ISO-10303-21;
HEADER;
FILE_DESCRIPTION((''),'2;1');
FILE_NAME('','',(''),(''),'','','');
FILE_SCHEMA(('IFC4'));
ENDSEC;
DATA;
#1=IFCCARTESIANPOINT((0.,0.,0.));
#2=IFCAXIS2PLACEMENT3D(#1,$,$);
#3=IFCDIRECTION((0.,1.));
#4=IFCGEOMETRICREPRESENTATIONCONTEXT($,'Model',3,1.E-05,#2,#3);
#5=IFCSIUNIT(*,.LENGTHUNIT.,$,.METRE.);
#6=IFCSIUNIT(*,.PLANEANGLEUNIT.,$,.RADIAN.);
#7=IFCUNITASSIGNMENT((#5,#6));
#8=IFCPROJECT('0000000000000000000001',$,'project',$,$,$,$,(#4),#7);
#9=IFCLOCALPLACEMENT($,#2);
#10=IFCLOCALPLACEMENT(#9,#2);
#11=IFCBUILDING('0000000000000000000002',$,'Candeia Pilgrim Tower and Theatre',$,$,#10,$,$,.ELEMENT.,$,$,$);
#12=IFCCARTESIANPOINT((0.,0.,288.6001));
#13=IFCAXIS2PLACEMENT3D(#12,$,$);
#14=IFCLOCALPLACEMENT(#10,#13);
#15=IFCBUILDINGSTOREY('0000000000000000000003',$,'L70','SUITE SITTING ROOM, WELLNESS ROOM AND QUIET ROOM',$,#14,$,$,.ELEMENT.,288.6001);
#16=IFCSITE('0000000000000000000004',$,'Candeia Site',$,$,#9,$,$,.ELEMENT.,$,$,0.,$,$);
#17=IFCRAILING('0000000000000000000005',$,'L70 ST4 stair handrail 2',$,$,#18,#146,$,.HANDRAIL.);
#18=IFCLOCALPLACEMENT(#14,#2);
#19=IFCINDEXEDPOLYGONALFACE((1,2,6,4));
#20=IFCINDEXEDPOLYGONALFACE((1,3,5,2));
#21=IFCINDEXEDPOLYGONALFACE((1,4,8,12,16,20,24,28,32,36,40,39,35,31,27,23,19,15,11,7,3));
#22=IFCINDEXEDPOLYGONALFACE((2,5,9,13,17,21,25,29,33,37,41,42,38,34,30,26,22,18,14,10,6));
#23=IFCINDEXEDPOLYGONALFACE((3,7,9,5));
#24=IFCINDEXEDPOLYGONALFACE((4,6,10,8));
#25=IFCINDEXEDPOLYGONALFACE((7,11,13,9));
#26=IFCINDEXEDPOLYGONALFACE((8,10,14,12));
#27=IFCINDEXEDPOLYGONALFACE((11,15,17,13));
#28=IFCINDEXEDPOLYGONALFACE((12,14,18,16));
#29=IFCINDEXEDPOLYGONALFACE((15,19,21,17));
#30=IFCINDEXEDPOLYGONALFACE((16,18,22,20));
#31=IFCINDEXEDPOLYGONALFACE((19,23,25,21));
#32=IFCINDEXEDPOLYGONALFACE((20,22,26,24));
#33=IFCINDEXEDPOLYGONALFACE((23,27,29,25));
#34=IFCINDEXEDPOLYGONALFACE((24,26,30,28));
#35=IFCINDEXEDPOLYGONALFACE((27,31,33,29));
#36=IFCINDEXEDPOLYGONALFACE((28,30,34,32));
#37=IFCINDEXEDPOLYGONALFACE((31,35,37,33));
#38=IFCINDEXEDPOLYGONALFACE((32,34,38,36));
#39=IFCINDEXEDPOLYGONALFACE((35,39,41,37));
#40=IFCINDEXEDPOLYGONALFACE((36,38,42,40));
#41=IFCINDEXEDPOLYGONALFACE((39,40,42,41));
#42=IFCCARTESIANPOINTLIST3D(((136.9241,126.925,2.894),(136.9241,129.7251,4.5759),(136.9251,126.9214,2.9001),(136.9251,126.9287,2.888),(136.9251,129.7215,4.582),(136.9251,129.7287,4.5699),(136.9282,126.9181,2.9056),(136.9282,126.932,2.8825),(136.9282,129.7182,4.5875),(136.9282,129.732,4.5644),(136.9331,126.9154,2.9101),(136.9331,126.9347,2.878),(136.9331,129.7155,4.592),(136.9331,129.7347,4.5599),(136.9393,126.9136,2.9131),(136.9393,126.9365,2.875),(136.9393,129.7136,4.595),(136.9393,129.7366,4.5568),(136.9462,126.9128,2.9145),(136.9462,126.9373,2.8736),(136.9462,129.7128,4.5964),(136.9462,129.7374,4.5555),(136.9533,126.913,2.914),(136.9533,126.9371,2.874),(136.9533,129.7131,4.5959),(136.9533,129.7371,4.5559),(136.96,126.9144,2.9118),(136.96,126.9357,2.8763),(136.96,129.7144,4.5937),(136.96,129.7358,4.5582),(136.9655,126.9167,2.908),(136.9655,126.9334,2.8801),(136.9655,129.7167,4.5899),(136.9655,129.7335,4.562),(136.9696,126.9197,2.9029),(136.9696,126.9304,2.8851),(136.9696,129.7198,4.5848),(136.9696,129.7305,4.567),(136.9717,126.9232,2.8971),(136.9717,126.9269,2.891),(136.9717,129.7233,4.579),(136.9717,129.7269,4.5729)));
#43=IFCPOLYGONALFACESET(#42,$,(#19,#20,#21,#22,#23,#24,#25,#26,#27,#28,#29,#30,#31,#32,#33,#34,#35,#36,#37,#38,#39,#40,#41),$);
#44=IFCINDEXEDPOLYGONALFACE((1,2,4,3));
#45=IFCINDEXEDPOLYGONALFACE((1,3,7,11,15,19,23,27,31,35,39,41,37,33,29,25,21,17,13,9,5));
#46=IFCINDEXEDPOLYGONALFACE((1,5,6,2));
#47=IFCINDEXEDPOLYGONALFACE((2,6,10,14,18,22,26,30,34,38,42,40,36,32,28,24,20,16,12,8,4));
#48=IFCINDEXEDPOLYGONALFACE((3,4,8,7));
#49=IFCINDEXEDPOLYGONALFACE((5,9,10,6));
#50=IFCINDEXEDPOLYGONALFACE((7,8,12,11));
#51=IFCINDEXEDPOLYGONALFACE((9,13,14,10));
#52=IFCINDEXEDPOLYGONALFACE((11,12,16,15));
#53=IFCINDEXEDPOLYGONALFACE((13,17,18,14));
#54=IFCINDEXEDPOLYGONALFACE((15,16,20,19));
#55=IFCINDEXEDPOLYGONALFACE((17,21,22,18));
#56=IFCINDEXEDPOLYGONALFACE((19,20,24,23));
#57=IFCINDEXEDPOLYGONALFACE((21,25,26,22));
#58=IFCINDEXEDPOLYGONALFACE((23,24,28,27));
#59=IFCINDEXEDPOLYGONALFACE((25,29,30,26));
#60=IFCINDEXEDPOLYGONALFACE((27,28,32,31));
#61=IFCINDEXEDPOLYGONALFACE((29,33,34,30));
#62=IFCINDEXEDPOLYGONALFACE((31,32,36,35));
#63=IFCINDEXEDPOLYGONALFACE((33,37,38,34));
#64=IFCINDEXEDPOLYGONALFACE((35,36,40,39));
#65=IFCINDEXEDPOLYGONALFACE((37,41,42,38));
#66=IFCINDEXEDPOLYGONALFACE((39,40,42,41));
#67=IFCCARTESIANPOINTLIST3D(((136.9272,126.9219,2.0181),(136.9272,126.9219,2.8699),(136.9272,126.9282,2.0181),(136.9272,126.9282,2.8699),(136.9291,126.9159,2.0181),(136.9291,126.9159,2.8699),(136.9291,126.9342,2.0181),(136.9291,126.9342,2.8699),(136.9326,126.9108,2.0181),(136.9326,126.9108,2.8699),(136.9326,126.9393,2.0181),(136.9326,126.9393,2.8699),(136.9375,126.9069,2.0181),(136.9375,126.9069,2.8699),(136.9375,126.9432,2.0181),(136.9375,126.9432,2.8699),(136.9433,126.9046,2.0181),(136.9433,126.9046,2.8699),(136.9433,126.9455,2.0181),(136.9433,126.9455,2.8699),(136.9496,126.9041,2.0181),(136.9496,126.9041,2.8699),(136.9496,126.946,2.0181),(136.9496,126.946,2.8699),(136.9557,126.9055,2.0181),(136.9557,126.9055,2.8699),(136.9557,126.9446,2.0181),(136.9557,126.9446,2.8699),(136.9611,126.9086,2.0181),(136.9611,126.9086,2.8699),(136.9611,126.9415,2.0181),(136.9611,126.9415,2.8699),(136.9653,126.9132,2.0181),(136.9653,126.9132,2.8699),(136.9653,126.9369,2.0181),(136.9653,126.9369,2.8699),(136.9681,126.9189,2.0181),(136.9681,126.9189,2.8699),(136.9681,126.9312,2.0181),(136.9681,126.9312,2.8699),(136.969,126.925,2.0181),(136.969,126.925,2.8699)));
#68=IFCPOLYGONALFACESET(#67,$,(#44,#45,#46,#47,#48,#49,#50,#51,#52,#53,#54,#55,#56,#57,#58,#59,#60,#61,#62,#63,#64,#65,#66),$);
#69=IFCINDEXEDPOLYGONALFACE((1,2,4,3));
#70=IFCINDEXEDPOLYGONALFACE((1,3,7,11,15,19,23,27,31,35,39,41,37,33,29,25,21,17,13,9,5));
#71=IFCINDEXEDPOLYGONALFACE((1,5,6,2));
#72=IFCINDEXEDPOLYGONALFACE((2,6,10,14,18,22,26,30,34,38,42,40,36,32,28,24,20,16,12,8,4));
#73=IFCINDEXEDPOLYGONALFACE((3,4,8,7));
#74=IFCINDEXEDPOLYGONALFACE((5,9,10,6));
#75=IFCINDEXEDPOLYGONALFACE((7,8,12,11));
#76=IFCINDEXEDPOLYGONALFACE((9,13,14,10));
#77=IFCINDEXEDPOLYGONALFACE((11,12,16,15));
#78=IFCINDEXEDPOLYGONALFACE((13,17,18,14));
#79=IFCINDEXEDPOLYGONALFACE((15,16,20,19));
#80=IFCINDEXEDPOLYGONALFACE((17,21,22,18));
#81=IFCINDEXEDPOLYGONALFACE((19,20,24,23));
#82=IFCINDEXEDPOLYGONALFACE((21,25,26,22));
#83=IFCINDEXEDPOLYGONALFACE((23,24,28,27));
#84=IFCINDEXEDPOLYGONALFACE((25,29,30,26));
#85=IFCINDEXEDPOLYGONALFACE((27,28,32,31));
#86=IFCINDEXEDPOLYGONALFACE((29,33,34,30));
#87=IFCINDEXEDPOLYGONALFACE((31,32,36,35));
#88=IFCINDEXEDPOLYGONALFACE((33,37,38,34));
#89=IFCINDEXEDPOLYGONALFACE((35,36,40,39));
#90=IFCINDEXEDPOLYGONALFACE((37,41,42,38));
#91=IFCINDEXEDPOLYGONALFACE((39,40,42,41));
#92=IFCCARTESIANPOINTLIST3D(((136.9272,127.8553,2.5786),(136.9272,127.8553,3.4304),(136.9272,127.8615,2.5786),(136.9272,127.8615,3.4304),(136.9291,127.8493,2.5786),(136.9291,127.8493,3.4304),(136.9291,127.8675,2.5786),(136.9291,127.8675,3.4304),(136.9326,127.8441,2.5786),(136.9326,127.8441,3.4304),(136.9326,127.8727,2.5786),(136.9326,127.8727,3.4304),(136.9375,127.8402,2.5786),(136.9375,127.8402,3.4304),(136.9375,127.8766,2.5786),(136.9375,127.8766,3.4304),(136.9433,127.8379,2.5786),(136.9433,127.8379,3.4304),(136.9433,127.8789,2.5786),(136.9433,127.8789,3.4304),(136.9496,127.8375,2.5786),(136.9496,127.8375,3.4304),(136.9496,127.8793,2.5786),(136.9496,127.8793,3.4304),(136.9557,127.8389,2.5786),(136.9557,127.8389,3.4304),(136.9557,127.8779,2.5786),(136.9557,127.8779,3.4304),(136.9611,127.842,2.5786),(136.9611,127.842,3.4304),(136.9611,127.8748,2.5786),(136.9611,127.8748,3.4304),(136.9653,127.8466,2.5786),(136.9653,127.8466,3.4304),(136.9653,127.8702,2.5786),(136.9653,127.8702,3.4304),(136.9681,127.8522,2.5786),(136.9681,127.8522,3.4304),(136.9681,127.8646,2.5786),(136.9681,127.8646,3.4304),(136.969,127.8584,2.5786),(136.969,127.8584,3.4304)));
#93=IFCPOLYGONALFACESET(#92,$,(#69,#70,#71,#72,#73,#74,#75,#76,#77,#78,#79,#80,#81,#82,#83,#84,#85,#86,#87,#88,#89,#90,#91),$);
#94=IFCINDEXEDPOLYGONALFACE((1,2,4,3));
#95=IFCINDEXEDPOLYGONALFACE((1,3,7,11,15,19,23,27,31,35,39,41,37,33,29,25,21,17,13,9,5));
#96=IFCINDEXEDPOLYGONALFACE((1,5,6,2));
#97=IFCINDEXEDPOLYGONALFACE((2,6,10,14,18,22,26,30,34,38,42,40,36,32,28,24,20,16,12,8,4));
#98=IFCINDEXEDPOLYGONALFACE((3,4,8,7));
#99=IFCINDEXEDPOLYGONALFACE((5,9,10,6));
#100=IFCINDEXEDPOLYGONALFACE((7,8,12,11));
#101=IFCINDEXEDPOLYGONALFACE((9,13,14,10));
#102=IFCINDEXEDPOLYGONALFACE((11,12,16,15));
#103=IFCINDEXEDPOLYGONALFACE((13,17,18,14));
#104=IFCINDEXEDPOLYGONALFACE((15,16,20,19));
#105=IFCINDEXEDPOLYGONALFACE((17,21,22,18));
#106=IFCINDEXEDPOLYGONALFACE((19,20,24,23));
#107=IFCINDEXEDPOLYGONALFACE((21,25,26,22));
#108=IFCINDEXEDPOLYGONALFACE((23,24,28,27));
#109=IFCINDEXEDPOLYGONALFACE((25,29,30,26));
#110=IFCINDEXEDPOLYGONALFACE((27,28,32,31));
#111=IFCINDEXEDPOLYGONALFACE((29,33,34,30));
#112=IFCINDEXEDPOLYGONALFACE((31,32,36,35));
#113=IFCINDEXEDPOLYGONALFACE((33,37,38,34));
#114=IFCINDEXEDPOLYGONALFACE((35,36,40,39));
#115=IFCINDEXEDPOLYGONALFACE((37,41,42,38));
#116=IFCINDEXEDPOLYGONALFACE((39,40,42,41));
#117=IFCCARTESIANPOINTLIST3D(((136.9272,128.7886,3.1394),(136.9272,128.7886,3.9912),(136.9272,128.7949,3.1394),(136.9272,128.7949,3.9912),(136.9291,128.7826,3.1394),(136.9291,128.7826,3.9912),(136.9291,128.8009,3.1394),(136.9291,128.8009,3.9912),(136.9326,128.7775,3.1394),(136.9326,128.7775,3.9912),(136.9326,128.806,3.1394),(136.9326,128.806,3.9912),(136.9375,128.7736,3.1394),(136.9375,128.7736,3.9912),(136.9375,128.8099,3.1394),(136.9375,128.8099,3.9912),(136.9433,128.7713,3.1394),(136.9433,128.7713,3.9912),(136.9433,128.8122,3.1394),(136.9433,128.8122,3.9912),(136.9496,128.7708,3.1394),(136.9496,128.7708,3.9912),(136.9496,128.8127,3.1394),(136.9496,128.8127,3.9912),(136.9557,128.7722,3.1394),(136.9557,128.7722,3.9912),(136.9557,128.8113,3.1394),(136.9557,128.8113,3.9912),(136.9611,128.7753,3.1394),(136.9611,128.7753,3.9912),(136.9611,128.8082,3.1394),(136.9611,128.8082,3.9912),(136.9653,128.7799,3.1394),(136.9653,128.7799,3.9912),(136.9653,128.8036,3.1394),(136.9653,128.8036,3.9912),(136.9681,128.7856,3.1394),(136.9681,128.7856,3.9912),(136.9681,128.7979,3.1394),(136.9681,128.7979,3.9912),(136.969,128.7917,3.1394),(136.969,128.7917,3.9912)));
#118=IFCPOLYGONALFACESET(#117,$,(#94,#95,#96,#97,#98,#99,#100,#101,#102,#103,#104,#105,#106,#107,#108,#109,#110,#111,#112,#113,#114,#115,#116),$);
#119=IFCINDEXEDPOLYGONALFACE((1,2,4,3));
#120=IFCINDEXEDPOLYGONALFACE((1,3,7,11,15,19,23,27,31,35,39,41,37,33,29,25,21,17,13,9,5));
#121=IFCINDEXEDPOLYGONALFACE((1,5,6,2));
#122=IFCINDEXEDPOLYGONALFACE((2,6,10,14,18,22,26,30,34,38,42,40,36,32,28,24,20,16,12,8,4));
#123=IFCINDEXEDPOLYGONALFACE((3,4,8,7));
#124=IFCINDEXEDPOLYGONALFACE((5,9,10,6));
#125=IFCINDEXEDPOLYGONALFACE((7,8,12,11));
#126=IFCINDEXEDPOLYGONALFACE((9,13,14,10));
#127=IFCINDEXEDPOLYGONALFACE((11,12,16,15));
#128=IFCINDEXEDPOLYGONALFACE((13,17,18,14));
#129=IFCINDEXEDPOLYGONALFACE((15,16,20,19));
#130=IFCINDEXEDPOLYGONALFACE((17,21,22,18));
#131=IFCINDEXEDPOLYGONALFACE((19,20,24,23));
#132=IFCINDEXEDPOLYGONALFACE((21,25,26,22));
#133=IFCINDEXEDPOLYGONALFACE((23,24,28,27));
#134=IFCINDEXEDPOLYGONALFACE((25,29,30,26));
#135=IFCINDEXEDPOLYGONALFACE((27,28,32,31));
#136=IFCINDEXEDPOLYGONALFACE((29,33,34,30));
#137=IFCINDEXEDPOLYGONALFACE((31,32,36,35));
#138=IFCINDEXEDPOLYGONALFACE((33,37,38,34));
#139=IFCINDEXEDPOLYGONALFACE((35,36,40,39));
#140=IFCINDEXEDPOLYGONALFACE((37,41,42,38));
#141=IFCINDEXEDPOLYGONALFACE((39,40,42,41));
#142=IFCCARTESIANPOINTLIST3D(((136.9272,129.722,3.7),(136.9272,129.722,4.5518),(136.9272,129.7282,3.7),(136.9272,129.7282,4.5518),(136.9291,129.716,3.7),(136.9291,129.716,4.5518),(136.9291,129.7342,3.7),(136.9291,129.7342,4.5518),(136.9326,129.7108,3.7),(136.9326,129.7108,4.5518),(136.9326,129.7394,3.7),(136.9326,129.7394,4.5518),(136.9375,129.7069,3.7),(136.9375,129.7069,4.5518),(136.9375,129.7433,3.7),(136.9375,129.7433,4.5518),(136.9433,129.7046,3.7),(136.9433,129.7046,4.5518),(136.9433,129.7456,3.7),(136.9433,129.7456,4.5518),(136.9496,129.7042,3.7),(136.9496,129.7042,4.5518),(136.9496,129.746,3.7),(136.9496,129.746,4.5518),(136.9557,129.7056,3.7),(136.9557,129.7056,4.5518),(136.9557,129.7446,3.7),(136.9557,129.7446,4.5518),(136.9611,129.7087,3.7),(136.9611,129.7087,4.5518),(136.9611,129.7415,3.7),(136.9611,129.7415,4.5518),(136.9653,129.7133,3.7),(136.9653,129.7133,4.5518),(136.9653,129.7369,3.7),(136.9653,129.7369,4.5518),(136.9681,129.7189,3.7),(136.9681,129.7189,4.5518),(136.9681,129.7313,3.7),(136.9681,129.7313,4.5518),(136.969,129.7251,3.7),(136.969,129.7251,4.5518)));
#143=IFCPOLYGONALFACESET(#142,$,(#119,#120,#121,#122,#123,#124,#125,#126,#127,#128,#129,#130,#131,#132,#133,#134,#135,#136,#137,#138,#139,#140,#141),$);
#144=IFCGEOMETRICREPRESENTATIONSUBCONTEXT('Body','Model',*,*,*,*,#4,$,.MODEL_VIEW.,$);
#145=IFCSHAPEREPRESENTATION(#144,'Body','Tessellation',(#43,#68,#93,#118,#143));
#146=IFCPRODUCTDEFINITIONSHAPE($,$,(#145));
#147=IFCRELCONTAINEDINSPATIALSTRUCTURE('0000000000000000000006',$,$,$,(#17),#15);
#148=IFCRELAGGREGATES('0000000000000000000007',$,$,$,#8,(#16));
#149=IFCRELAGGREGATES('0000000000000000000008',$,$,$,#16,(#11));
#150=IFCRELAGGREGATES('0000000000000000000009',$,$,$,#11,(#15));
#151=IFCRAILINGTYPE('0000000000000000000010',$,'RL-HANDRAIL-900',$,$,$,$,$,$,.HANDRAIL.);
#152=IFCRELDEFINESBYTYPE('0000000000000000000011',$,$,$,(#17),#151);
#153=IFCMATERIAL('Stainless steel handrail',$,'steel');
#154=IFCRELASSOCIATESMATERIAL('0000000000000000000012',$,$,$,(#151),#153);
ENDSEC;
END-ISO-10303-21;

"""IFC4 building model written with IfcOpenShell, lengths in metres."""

from ifc_helpers import new_model, si_unit, direction, frame, origin, origin_2d, place, context, subcontext, project, spatial, circle, extrude, material, type_object, element, save


model = new_model("IFC4")

# Units and contexts
model_context = context("Model", 3, precision=1e-05, world=origin(), true_north=direction((0.0, 1.0)))
body_context = subcontext(model_context, "Body", "Model", "MODEL_VIEW")
ifc_project = project(units=[si_unit("LENGTHUNIT", "METRE"), si_unit("PLANEANGLEUNIT", "RADIAN")], contexts=[model_context])

# Site, building, storey
site_placement = place(None, origin())
site = spatial("IfcSite", under=ifc_project, at=site_placement, Name="Candeia Site", CompositionType="ELEMENT", RefElevation=0.0)
building_placement = place(site_placement, origin())
building = spatial("IfcBuilding", under=site, at=building_placement, Name="Candeia Pilgrim Tower and Theatre", CompositionType="ELEMENT")
storey_placement = place(building_placement, frame((0.0, 0.0, 288.6001)))
storey = spatial("IfcBuildingStorey", under=building, at=storey_placement, Name="L70", Description="SUITE SITTING ROOM, WELLNESS ROOM AND QUIET ROOM", CompositionType="ELEMENT", Elevation=288.6001)

# Railing
ifc_material_1 = material(Name="Stainless steel handrail", Category="steel")
railing_type_1 = type_object("IfcRailingType", Name="RL-HANDRAIL-900", PredefinedType="HANDRAIL", material=ifc_material_1)
railing_1_placement = place(storey_placement, frame((136.948, 126.925, 2.0181)))
element("IfcRailing", 1, at=railing_1_placement, inside=storey, type_object=railing_type_1, Name="L70 ST4 stair handrail 2", PredefinedType="HANDRAIL", context=body_context, shape_type="SweptSolid", body=[
    extrude(circle(Radius=0.0239, at=origin_2d()), frame((0.0, 0.0, 0.876), z_axis=(0.0, 0.857242, 0.514913), x_axis=(-1.0, 0.0, 0.0)), (0.0, 0.0, 1.0), 3.2664),
    extrude(circle(Radius=0.021, at=origin_2d()), origin(), (0.0, 0.0, 1.0), 0.8518),
    extrude(circle(Radius=0.021, at=origin_2d()), frame((0.0, 0.9333, 0.5605)), (0.0, 0.0, 1.0), 0.8518),
    extrude(circle(Radius=0.021, at=origin_2d()), frame((0.0, 1.8667, 1.1213)), (0.0, 0.0, 1.0), 0.8518),
    extrude(circle(Radius=0.021, at=origin_2d()), frame((0.0, 2.8, 1.6819)), (0.0, 0.0, 1.0), 0.8518),
])

save(model, "model.ifc")
